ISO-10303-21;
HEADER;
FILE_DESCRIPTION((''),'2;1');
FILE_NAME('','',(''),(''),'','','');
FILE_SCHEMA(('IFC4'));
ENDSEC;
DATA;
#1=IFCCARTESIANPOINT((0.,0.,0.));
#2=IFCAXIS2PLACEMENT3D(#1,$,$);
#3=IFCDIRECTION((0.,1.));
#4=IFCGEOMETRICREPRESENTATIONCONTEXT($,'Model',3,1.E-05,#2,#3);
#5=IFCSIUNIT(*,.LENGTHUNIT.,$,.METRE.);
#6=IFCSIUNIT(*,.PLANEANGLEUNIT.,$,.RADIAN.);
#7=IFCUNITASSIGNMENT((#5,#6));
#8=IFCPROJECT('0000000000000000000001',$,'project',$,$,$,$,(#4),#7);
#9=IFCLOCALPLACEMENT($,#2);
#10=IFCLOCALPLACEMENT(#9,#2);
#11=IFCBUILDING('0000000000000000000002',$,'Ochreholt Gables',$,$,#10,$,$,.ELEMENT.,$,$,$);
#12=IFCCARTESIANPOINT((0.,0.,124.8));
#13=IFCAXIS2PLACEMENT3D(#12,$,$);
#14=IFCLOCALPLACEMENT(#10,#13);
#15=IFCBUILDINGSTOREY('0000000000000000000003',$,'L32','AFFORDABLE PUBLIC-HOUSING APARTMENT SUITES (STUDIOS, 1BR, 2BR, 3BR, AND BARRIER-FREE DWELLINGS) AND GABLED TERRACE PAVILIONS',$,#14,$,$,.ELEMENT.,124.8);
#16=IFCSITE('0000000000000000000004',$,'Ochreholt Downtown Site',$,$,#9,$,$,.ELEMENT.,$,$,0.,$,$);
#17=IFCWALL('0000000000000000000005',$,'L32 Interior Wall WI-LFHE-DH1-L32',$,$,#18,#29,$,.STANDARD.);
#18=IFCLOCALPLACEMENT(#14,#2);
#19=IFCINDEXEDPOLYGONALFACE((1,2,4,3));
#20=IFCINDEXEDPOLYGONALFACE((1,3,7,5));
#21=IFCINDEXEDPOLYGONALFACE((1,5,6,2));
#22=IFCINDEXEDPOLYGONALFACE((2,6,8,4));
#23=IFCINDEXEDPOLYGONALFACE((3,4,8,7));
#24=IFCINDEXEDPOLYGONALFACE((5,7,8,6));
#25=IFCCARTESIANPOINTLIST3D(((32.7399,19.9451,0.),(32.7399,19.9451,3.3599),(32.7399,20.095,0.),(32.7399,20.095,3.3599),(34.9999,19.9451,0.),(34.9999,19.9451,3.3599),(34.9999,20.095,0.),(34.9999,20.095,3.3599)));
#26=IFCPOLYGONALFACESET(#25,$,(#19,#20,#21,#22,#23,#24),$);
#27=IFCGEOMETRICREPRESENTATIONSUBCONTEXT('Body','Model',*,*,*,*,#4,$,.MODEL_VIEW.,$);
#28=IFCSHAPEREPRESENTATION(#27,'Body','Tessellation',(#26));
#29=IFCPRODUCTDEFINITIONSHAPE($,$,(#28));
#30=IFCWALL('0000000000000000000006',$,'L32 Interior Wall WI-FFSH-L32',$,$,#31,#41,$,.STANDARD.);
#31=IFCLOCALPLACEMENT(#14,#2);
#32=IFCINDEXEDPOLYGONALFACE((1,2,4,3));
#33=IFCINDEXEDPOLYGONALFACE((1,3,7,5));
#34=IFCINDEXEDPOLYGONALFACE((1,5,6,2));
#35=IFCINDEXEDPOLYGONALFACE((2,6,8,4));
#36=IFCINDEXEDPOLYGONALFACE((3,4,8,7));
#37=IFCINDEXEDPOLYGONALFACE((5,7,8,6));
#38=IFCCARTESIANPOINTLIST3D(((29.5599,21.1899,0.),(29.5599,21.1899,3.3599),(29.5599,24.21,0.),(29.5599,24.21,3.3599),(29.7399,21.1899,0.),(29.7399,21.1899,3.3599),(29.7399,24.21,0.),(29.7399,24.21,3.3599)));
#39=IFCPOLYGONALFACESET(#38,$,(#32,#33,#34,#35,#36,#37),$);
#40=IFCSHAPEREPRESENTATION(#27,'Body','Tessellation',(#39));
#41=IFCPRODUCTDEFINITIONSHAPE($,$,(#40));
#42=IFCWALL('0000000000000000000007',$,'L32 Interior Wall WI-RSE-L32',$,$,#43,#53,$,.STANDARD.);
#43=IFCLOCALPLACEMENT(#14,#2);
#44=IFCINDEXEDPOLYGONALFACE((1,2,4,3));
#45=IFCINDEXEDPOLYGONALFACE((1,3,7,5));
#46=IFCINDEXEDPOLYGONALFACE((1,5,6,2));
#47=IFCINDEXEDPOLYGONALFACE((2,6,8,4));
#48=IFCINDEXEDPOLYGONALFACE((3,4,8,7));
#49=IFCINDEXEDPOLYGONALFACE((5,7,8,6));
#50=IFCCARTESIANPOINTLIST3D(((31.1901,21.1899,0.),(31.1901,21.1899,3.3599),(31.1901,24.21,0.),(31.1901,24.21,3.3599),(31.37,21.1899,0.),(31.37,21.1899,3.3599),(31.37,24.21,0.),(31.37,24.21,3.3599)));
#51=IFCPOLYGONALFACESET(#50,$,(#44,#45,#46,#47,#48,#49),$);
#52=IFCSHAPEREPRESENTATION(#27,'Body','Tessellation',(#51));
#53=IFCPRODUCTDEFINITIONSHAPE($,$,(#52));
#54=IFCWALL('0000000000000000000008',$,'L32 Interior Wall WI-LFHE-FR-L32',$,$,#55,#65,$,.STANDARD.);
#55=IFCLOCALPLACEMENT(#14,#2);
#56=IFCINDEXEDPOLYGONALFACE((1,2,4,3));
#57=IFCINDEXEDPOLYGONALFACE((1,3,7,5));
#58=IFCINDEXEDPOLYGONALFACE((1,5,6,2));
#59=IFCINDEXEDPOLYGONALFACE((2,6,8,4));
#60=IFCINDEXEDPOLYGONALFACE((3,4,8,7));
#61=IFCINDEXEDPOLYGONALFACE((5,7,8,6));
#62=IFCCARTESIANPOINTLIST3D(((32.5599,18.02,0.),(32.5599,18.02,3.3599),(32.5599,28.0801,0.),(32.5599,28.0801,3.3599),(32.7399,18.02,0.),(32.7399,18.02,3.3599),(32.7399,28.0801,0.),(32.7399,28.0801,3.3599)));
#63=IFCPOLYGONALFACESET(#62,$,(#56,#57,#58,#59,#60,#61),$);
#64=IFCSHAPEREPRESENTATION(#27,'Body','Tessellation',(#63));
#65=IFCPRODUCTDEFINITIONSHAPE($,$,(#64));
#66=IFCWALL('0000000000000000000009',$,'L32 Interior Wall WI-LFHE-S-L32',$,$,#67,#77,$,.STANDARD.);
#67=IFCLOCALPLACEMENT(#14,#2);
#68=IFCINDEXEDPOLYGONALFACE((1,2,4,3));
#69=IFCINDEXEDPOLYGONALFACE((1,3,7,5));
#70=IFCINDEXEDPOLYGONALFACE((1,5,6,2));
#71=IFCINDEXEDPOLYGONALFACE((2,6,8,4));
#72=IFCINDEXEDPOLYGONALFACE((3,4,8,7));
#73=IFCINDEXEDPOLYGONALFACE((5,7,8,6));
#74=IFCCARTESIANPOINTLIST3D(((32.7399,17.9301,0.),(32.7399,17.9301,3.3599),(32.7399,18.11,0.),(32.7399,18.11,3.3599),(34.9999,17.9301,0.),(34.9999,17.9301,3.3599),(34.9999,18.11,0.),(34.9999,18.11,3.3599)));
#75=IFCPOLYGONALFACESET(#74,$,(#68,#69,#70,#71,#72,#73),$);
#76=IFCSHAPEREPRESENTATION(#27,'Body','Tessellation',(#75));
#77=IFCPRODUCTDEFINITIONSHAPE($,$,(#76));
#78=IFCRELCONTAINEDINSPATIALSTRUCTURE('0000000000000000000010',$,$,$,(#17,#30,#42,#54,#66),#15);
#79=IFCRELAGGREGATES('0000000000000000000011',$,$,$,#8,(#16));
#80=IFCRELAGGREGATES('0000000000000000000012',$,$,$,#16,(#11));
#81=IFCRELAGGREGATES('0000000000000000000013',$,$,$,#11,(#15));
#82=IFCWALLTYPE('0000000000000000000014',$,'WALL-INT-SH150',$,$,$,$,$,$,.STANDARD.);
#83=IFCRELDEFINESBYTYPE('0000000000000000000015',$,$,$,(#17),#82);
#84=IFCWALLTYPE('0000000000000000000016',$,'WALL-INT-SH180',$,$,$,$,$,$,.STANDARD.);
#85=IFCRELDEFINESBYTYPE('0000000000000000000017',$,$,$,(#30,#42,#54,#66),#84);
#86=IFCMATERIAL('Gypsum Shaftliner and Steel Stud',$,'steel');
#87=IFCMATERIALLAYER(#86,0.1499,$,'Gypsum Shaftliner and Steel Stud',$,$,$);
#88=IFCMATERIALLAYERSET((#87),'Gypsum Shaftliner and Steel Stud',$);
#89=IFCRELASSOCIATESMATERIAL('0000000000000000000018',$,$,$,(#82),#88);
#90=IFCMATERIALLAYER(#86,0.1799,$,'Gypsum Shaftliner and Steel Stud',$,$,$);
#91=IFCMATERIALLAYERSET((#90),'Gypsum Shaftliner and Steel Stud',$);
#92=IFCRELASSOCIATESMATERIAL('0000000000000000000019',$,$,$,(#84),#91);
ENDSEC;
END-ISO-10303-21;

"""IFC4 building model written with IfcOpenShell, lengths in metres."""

from ifc_helpers import new_model, si_unit, direction, frame, frame_2d, origin, place, context, subcontext, project, spatial, rectangle, extrude, material, layer, layer_set, type_object, element, save


model = new_model("IFC4")

# Units and contexts
model_context = context("Model", 3, precision=1e-05, world=origin(), true_north=direction((0.0, 1.0)))
body_context = subcontext(model_context, "Body", "Model", "MODEL_VIEW")
ifc_project = project(units=[si_unit("LENGTHUNIT", "METRE"), si_unit("PLANEANGLEUNIT", "RADIAN")], contexts=[model_context])

# Site, building, storey
site_placement = place(None, origin())
site = spatial("IfcSite", under=ifc_project, at=site_placement, Name="Ochreholt Downtown Site", CompositionType="ELEMENT", RefElevation=0.0)
building_placement = place(site_placement, origin())
building = spatial("IfcBuilding", under=site, at=building_placement, Name="Ochreholt Gables", CompositionType="ELEMENT")
storey_placement = place(building_placement, frame((0.0, 0.0, 124.8)))
storey = spatial("IfcBuildingStorey", under=building, at=storey_placement, Name="L32", Description="AFFORDABLE PUBLIC-HOUSING APARTMENT SUITES (STUDIOS, 1BR, 2BR, 3BR, AND BARRIER-FREE DWELLINGS) AND GABLED TERRACE PAVILIONS", CompositionType="ELEMENT", Elevation=124.8)

# Walls
ifc_material_1 = material(Name="Gypsum Shaftliner and Steel Stud", Category="steel")
ifc_layer_1 = layer(ifc_material_1, 0.1499, Name="Gypsum Shaftliner and Steel Stud")
ifc_layer_set_1 = layer_set([ifc_layer_1], Name="Gypsum Shaftliner and Steel Stud")
wall_type_1 = type_object("IfcWallType", Name="WALL-INT-SH150", PredefinedType="STANDARD", material=ifc_layer_set_1)
wall_1_placement = place(storey_placement, frame((32.74, 20.02, 0.0), z_axis=(0.0, 0.0, 1.0), x_axis=(1.0, 0.0, 0.0)))
element("IfcWall", 1, at=wall_1_placement, inside=storey, type_object=wall_type_1, Name="L32 Interior Wall WI-LFHE-DH1-L32", PredefinedType="STANDARD", context=body_context, shape_type="SweptSolid", body=[
    extrude(rectangle(XDim=2.26, YDim=0.1499, at=frame_2d((1.1299, 0.0))), origin(), (0.0, 0.0, 1.0), 3.3599),
])
ifc_layer_2 = layer(ifc_material_1, 0.1799, Name="Gypsum Shaftliner and Steel Stud")
ifc_layer_set_2 = layer_set([ifc_layer_2], Name="Gypsum Shaftliner and Steel Stud")
wall_type_2 = type_object("IfcWallType", Name="WALL-INT-SH180", PredefinedType="STANDARD", material=ifc_layer_set_2)
for number, where, z_axis, x_axis, name in (
    (2, (29.6499, 21.1899, 0.0), (0.0, 0.0, 1.0), (0.0, 1.0, 0.0), "L32 Interior Wall WI-FFSH-L32"),
    (3, (31.28, 21.1899, 0.0), (0.0, 0.0, 1.0), (0.0, 1.0, 0.0), "L32 Interior Wall WI-RSE-L32"),
):
    element("IfcWall", number, at=place(storey_placement, frame(where, z_axis=z_axis, x_axis=x_axis)), inside=storey, type_object=wall_type_2, Name=name, PredefinedType="STANDARD", context=body_context, shape_type="SweptSolid", body=[
        extrude(rectangle(XDim=3.02, YDim=0.1799, at=frame_2d((1.51, 0.0))), origin(), (0.0, 0.0, 1.0), 3.3599),
    ])
wall_2_placement = place(storey_placement, frame((32.6499, 18.02, 0.0), z_axis=(0.0, 0.0, 1.0), x_axis=(0.0, 1.0, 0.0)))
element("IfcWall", 4, at=wall_2_placement, inside=storey, type_object=wall_type_2, Name="L32 Interior Wall WI-LFHE-FR-L32", PredefinedType="STANDARD", context=body_context, shape_type="SweptSolid", body=[
    extrude(rectangle(XDim=10.0601, YDim=0.1799, at=frame_2d((5.03, 0.0))), origin(), (0.0, 0.0, 1.0), 3.3599),
])
wall_3_placement = place(storey_placement, frame((32.74, 18.02, 0.0), z_axis=(0.0, 0.0, 1.0), x_axis=(1.0, 0.0, 0.0)))
element("IfcWall", 5, at=wall_3_placement, inside=storey, type_object=wall_type_2, Name="L32 Interior Wall WI-LFHE-S-L32", PredefinedType="STANDARD", context=body_context, shape_type="SweptSolid", body=[
    extrude(rectangle(XDim=2.26, YDim=0.1799, at=frame_2d((1.1299, 0.0))), origin(), (0.0, 0.0, 1.0), 3.3599),
])

save(model, "model.ifc")
